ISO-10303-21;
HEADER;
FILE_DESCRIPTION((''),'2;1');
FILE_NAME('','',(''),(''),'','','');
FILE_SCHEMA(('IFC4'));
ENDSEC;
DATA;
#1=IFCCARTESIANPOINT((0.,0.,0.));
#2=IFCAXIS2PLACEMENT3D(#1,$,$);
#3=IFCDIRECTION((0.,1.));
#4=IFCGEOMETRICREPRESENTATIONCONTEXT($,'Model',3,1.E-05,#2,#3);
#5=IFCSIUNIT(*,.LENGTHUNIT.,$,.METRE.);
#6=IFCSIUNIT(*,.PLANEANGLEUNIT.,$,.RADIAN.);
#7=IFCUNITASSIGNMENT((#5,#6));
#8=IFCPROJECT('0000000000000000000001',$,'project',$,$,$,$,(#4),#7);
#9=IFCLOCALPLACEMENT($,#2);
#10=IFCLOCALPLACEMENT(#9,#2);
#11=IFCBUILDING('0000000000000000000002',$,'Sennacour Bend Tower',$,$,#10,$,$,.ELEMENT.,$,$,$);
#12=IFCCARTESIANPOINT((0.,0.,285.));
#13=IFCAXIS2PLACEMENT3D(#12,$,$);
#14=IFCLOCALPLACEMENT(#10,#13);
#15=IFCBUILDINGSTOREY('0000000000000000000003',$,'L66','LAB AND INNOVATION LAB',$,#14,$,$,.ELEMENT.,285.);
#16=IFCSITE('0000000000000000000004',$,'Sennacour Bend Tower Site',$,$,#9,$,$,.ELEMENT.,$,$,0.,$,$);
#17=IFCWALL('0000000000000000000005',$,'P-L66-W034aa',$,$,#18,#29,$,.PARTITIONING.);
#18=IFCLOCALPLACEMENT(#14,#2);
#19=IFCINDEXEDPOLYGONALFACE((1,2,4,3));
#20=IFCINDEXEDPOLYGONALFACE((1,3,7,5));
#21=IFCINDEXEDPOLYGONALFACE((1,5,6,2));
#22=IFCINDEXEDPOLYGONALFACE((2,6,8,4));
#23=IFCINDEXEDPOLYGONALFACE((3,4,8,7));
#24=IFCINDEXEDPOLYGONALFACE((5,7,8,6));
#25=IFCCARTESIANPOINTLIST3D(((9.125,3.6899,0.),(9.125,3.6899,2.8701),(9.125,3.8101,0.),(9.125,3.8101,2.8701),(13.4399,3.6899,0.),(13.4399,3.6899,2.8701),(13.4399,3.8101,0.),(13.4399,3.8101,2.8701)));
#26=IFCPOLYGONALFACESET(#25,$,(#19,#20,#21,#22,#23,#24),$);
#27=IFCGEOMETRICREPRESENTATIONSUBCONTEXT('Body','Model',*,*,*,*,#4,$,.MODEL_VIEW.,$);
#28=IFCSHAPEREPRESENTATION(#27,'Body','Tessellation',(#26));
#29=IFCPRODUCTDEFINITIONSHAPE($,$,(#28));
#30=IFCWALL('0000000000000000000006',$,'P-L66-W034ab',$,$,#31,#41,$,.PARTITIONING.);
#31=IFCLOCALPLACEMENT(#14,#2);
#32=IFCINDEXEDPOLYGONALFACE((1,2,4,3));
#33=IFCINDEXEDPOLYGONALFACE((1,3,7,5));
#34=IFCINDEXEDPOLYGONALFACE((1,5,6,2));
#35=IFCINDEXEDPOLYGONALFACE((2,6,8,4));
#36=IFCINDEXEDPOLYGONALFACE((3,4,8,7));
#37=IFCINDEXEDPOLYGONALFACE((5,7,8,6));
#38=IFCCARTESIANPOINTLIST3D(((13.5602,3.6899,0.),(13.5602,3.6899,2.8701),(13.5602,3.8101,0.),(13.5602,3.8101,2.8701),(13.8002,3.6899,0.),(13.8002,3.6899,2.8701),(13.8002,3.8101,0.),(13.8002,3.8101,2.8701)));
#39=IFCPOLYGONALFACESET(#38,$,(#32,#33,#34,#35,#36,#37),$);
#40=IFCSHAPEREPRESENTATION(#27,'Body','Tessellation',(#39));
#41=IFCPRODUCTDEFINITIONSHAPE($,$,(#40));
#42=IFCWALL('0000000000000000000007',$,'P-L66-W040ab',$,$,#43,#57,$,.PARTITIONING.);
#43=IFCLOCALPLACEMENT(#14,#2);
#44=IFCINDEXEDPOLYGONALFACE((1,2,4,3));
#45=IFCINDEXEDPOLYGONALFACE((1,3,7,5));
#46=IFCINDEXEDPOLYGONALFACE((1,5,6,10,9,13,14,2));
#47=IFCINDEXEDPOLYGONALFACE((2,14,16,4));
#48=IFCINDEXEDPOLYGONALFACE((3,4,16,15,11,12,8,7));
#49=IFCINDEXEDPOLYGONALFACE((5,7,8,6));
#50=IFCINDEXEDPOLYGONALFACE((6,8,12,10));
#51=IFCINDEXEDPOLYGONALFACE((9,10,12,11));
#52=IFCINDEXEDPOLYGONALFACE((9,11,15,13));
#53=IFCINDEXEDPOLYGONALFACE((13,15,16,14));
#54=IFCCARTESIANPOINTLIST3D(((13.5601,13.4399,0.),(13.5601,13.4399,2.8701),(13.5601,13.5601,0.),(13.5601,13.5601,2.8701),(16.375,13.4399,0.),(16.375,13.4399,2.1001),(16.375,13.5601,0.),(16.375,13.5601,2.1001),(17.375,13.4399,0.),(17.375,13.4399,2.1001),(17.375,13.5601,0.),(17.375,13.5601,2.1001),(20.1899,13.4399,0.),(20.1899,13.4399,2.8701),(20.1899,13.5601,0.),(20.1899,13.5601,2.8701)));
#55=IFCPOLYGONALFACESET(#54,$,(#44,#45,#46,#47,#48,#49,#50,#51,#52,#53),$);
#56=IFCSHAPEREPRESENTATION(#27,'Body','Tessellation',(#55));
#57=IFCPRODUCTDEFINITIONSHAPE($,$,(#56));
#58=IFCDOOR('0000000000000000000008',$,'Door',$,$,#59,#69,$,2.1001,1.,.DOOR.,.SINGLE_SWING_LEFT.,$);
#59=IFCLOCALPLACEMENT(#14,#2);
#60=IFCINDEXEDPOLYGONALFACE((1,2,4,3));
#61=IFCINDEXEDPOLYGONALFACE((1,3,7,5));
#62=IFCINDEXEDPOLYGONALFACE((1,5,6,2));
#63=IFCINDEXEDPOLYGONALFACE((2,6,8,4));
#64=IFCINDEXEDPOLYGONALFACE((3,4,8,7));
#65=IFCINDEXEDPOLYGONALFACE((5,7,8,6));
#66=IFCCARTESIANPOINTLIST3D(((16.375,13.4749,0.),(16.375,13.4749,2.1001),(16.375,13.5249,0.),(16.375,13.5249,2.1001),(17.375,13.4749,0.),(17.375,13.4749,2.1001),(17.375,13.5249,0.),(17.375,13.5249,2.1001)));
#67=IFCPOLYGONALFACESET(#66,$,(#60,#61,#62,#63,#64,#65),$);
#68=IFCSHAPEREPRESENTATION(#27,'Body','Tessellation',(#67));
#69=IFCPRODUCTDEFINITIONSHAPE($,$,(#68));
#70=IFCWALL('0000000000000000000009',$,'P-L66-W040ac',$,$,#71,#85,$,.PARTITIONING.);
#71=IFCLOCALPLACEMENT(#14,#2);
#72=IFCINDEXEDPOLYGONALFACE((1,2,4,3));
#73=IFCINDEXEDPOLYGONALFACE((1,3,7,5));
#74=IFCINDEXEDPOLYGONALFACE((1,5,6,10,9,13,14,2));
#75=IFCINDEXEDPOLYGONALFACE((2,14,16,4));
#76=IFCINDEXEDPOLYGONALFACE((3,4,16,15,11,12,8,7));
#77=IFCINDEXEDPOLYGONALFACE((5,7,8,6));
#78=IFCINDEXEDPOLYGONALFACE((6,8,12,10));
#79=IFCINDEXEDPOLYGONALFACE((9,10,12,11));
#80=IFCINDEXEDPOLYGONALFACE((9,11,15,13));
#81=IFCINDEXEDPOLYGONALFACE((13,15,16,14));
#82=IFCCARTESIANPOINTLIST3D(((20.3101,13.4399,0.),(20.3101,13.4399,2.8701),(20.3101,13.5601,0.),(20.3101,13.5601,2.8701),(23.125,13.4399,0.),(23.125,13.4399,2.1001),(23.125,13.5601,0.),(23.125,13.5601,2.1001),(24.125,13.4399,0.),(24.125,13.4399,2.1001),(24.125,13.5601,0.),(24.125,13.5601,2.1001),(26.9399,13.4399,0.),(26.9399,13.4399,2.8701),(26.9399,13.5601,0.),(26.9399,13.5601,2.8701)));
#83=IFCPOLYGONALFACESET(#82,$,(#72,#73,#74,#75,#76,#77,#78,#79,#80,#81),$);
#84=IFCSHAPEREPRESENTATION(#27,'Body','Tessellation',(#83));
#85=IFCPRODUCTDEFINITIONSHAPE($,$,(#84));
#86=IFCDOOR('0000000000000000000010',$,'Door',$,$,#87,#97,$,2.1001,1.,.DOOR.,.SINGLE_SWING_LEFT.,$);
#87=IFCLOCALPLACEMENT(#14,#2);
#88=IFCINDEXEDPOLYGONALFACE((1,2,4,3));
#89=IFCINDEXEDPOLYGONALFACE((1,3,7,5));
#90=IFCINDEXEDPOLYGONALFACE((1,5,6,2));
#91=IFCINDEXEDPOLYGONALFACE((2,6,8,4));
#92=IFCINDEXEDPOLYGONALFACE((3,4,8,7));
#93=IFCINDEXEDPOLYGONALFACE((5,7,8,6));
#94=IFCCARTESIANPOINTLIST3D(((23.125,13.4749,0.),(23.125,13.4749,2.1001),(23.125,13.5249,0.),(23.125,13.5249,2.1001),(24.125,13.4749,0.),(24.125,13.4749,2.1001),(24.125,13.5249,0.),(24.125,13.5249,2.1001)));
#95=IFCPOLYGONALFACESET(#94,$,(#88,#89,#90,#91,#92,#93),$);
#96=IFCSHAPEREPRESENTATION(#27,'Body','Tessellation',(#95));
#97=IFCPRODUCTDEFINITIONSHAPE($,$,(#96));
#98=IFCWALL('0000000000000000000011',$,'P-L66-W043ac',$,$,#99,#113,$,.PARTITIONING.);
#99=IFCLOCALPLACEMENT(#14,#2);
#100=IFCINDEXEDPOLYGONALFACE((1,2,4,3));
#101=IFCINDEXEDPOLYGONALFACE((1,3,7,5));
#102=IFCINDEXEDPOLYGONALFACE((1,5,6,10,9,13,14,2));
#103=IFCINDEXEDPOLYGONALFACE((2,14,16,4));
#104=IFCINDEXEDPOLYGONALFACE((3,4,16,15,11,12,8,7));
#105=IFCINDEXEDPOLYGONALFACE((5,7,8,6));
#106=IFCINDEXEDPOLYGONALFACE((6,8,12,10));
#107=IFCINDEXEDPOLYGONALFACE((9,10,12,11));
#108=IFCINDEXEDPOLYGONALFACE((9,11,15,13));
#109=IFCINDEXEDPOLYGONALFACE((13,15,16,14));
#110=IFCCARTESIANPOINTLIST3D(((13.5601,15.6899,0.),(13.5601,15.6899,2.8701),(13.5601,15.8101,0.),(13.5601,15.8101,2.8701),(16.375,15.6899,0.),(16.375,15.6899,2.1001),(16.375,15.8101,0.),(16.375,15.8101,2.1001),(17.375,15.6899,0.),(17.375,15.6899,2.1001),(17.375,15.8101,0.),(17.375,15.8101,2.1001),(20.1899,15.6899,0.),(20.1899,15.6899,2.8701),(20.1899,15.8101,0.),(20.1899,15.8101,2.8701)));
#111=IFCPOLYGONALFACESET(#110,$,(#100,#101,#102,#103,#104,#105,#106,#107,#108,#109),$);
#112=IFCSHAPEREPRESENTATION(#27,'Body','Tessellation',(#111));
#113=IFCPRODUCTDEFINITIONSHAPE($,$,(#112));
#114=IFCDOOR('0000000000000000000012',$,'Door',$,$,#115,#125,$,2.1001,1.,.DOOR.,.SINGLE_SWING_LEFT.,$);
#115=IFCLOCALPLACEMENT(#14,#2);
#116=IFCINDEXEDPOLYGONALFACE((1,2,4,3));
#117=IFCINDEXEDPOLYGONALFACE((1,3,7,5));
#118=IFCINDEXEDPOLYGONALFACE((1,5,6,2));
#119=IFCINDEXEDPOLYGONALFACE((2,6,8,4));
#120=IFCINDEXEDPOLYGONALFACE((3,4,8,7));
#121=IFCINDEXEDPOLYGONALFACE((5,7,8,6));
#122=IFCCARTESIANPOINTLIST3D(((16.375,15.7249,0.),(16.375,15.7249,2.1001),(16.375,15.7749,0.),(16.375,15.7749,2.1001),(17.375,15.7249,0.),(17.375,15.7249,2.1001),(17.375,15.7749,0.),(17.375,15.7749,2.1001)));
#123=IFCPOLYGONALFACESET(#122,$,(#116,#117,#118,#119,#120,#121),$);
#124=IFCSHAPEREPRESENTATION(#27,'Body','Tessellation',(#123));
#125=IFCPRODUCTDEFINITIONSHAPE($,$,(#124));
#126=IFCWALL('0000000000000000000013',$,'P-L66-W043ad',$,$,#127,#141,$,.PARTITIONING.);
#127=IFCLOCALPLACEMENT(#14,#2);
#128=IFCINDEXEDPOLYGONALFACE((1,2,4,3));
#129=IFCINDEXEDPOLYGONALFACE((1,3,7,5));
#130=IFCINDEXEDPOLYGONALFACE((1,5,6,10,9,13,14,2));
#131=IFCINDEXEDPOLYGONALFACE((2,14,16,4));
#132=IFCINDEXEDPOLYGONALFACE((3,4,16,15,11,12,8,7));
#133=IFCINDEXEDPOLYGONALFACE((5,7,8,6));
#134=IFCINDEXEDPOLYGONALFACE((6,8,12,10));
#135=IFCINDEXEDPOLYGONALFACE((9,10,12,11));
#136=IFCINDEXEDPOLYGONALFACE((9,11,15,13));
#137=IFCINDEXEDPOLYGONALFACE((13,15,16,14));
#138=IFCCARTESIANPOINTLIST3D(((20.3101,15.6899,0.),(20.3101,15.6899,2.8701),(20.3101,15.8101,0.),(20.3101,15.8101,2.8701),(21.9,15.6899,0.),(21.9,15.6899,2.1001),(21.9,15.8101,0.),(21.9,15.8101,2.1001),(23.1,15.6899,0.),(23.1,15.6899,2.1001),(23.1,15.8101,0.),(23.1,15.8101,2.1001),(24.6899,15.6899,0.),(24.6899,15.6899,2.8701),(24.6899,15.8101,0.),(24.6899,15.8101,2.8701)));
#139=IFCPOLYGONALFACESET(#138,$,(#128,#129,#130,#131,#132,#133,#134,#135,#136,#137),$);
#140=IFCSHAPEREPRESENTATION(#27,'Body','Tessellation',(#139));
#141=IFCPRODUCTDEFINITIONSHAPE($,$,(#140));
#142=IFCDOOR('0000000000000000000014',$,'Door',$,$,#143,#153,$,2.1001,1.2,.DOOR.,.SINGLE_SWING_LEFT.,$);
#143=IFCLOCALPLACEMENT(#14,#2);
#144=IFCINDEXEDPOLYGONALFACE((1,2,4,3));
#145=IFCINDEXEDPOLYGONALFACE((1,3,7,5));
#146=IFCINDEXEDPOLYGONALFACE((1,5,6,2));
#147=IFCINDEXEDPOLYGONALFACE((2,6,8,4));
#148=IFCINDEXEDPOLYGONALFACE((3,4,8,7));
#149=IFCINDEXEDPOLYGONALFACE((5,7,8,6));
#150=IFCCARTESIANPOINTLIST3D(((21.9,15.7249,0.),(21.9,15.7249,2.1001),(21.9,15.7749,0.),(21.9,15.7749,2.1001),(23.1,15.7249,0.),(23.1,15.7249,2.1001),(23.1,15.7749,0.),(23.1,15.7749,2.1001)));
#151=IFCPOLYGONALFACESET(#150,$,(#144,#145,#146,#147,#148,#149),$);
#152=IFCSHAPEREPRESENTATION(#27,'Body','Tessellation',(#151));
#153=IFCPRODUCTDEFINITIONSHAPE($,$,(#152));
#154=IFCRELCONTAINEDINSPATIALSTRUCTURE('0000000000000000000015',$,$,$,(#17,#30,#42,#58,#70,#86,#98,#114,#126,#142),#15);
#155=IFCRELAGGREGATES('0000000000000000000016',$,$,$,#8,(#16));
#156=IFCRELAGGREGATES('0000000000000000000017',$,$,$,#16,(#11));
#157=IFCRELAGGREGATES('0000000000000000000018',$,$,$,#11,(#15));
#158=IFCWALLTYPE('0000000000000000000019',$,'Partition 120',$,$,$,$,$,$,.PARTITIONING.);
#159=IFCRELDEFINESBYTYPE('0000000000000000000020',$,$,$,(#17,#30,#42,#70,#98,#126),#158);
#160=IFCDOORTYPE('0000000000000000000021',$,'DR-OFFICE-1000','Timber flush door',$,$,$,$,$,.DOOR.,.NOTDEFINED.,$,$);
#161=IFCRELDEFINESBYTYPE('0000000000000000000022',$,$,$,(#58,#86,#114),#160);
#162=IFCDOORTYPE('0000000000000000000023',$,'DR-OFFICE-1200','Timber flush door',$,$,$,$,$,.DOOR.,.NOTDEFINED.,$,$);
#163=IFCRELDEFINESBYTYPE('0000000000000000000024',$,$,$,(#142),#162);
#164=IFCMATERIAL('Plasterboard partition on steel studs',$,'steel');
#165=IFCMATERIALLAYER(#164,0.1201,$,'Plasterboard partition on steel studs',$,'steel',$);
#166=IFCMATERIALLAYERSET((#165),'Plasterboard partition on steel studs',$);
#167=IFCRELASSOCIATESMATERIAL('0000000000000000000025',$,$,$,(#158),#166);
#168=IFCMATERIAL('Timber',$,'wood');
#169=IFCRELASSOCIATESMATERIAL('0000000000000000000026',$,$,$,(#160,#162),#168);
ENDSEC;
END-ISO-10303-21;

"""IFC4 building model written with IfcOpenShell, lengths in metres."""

from ifc_helpers import new_model, si_unit, direction, frame, frame_2d, origin, place, context, subcontext, project, spatial, rectangle, extrude, material, layer, layer_set, type_object, element, fill, save


model = new_model("IFC4")

# Units and contexts
model_context = context("Model", 3, precision=1e-05, world=origin(), true_north=direction((0.0, 1.0)))
body_context = subcontext(model_context, "Body", "Model", "MODEL_VIEW")
ifc_project = project(units=[si_unit("LENGTHUNIT", "METRE"), si_unit("PLANEANGLEUNIT", "RADIAN")], contexts=[model_context])

# Site, building, storey
site_placement = place(None, origin())
site = spatial("IfcSite", under=ifc_project, at=site_placement, Name="Sennacour Bend Tower Site", CompositionType="ELEMENT", RefElevation=0.0)
building_placement = place(site_placement, origin())
building = spatial("IfcBuilding", under=site, at=building_placement, Name="Sennacour Bend Tower", CompositionType="ELEMENT")
storey_placement = place(building_placement, frame((0.0, 0.0, 285.0)))
storey = spatial("IfcBuildingStorey", under=building, at=storey_placement, Name="L66", Description="LAB AND INNOVATION LAB", CompositionType="ELEMENT", Elevation=285.0)

# Walls
ifc_material_1 = material(Name="Plasterboard partition on steel studs", Category="steel")
ifc_layer_1 = layer(ifc_material_1, 0.1201, Name="Plasterboard partition on steel studs", Category="steel")
ifc_layer_set_1 = layer_set([ifc_layer_1], Name="Plasterboard partition on steel studs")
wall_type_1 = type_object("IfcWallType", Name="Partition 120", PredefinedType="PARTITIONING", material=ifc_layer_set_1)
wall_1_placement = place(storey_placement, frame((9.125, 3.75, 0.0), z_axis=(0.0, 0.0, 1.0), x_axis=(1.0, 0.0, 0.0)))
element("IfcWall", 1, at=wall_1_placement, inside=storey, type_object=wall_type_1, Name="P-L66-W034aa", PredefinedType="PARTITIONING", context=body_context, shape_type="SweptSolid", body=[
    extrude(rectangle(XDim=4.3149, YDim=0.1201, at=frame_2d((2.1575, 0.0))), origin(), (0.0, 0.0, 1.0), 2.8701),
])
wall_2_placement = place(storey_placement, frame((13.5601, 3.75, 0.0), z_axis=(0.0, 0.0, 1.0), x_axis=(1.0, 0.0, 0.0)))
element("IfcWall", 2, at=wall_2_placement, inside=storey, type_object=wall_type_1, Name="P-L66-W034ab", PredefinedType="PARTITIONING", context=body_context, shape_type="SweptSolid", body=[
    extrude(rectangle(XDim=0.24, YDim=0.1201, at=frame_2d((0.1201, 0.0))), origin(), (0.0, 0.0, 1.0), 2.8701),
])

# Walls, openings, doors
wall_3_placement = place(storey_placement, frame((13.5601, 13.5, 0.0), z_axis=(0.0, 0.0, 1.0), x_axis=(1.0, 0.0, 0.0)))
wall_3 = element("IfcWall", 3, at=wall_3_placement, inside=storey, type_object=wall_type_1, Name="P-L66-W040ab", PredefinedType="PARTITIONING", context=body_context, shape_type="SweptSolid", body=[
    extrude(rectangle(XDim=6.6299, YDim=0.1201, at=frame_2d((3.3149, 0.0))), origin(), (0.0, 0.0, 1.0), 2.8701),
])
opening_1_placement = place(wall_3_placement, frame((2.8149, 0.0, 0.0)))
opening_1 = element("IfcOpeningElement", 4, at=opening_1_placement, cuts=wall_3, PredefinedType="OPENING", context=body_context, shape_type="SweptSolid", body=[
    extrude(rectangle(XDim=1.0, YDim=2.1001, at=frame_2d((0.5, 1.05))), frame((0.0, 0.0701, 0.0), z_axis=(0.0, -1.0, 0.0), x_axis=(1.0, 0.0, 0.0)), (0.0, 0.0, 1.0), 0.1401),
])
ifc_material_2 = material(Name="Timber", Category="wood")
door_type_1 = type_object("IfcDoorType", Name="DR-OFFICE-1000", Description="Timber flush door", OperationType="NOTDEFINED", PredefinedType="DOOR", material=ifc_material_2)
door_1_placement = place(opening_1_placement, origin())
door_1 = element("IfcDoor", 5, at=door_1_placement, inside=storey, type_object=door_type_1, Name="Door", OperationType="SINGLE_SWING_LEFT", OverallHeight=2.1001, OverallWidth=1.0, PredefinedType="DOOR", context=body_context, shape_type="SweptSolid", body=[
    extrude(rectangle(XDim=1.0, YDim=2.1001, at=frame_2d((0.5, 1.05))), frame((0.0, 0.0249, 0.0), z_axis=(0.0, -1.0, 0.0), x_axis=(1.0, 0.0, 0.0)), (0.0, 0.0, 1.0), 0.05),
])
fill(opening_1, door_1)
wall_4_placement = place(storey_placement, frame((20.3101, 13.5, 0.0), z_axis=(0.0, 0.0, 1.0), x_axis=(1.0, 0.0, 0.0)))
wall_4 = element("IfcWall", 6, at=wall_4_placement, inside=storey, type_object=wall_type_1, Name="P-L66-W040ac", PredefinedType="PARTITIONING", context=body_context, shape_type="SweptSolid", body=[
    extrude(rectangle(XDim=6.6299, YDim=0.1201, at=frame_2d((3.3149, 0.0))), origin(), (0.0, 0.0, 1.0), 2.8701),
])
opening_2_placement = place(wall_4_placement, frame((2.8149, 0.0, 0.0)))
opening_2 = element("IfcOpeningElement", 7, at=opening_2_placement, cuts=wall_4, PredefinedType="OPENING", context=body_context, shape_type="SweptSolid", body=[
    extrude(rectangle(XDim=1.0, YDim=2.1001, at=frame_2d((0.5, 1.05))), frame((0.0, 0.0701, 0.0), z_axis=(0.0, -1.0, 0.0), x_axis=(1.0, 0.0, 0.0)), (0.0, 0.0, 1.0), 0.1401),
])
door_2_placement = place(opening_2_placement, origin())
door_2 = element("IfcDoor", 8, at=door_2_placement, inside=storey, type_object=door_type_1, Name="Door", OperationType="SINGLE_SWING_LEFT", OverallHeight=2.1001, OverallWidth=1.0, PredefinedType="DOOR", context=body_context, shape_type="SweptSolid", body=[
    extrude(rectangle(XDim=1.0, YDim=2.1001, at=frame_2d((0.5, 1.05))), frame((0.0, 0.0249, 0.0), z_axis=(0.0, -1.0, 0.0), x_axis=(1.0, 0.0, 0.0)), (0.0, 0.0, 1.0), 0.05),
])
fill(opening_2, door_2)
wall_5_placement = place(storey_placement, frame((13.5601, 15.75, 0.0), z_axis=(0.0, 0.0, 1.0), x_axis=(1.0, 0.0, 0.0)))
wall_5 = element("IfcWall", 9, at=wall_5_placement, inside=storey, type_object=wall_type_1, Name="P-L66-W043ac", PredefinedType="PARTITIONING", context=body_context, shape_type="SweptSolid", body=[
    extrude(rectangle(XDim=6.6299, YDim=0.1201, at=frame_2d((3.3149, 0.0))), origin(), (0.0, 0.0, 1.0), 2.8701),
])
opening_3_placement = place(wall_5_placement, frame((2.8149, 0.0, 0.0)))
opening_3 = element("IfcOpeningElement", 10, at=opening_3_placement, cuts=wall_5, PredefinedType="OPENING", context=body_context, shape_type="SweptSolid", body=[
    extrude(rectangle(XDim=1.0, YDim=2.1001, at=frame_2d((0.5, 1.05))), frame((0.0, 0.0701, 0.0), z_axis=(0.0, -1.0, 0.0), x_axis=(1.0, 0.0, 0.0)), (0.0, 0.0, 1.0), 0.1401),
])
door_3_placement = place(opening_3_placement, origin())
door_3 = element("IfcDoor", 11, at=door_3_placement, inside=storey, type_object=door_type_1, Name="Door", OperationType="SINGLE_SWING_LEFT", OverallHeight=2.1001, OverallWidth=1.0, PredefinedType="DOOR", context=body_context, shape_type="SweptSolid", body=[
    extrude(rectangle(XDim=1.0, YDim=2.1001, at=frame_2d((0.5, 1.05))), frame((0.0, 0.0249, 0.0), z_axis=(0.0, -1.0, 0.0), x_axis=(1.0, 0.0, 0.0)), (0.0, 0.0, 1.0), 0.05),
])
fill(opening_3, door_3)
wall_6_placement = place(storey_placement, frame((20.3101, 15.75, 0.0), z_axis=(0.0, 0.0, 1.0), x_axis=(1.0, 0.0, 0.0)))
wall_6 = element("IfcWall", 12, at=wall_6_placement, inside=storey, type_object=wall_type_1, Name="P-L66-W043ad", PredefinedType="PARTITIONING", context=body_context, shape_type="SweptSolid", body=[
    extrude(rectangle(XDim=4.3799, YDim=0.1201, at=frame_2d((2.1899, 0.0))), origin(), (0.0, 0.0, 1.0), 2.8701),
])
opening_4_placement = place(wall_6_placement, frame((1.5898, 0.0, 0.0)))
opening_4 = element("IfcOpeningElement", 13, at=opening_4_placement, cuts=wall_6, PredefinedType="OPENING", context=body_context, shape_type="SweptSolid", body=[
    extrude(rectangle(XDim=1.2, YDim=2.1001, at=frame_2d((0.6001, 1.05))), frame((0.0, 0.0701, 0.0), z_axis=(0.0, -1.0, 0.0), x_axis=(1.0, 0.0, 0.0)), (0.0, 0.0, 1.0), 0.1401),
])
door_type_2 = type_object("IfcDoorType", Name="DR-OFFICE-1200", Description="Timber flush door", OperationType="NOTDEFINED", PredefinedType="DOOR", material=ifc_material_2)
door_4_placement = place(opening_4_placement, origin())
door_4 = element("IfcDoor", 14, at=door_4_placement, inside=storey, type_object=door_type_2, Name="Door", OperationType="SINGLE_SWING_LEFT", OverallHeight=2.1001, OverallWidth=1.2, PredefinedType="DOOR", context=body_context, shape_type="SweptSolid", body=[
    extrude(rectangle(XDim=1.2, YDim=2.1001, at=frame_2d((0.6001, 1.05))), frame((0.0, 0.0249, 0.0), z_axis=(0.0, -1.0, 0.0), x_axis=(1.0, 0.0, 0.0)), (0.0, 0.0, 1.0), 0.05),
])
fill(opening_4, door_4)

save(model, "model.ifc")
